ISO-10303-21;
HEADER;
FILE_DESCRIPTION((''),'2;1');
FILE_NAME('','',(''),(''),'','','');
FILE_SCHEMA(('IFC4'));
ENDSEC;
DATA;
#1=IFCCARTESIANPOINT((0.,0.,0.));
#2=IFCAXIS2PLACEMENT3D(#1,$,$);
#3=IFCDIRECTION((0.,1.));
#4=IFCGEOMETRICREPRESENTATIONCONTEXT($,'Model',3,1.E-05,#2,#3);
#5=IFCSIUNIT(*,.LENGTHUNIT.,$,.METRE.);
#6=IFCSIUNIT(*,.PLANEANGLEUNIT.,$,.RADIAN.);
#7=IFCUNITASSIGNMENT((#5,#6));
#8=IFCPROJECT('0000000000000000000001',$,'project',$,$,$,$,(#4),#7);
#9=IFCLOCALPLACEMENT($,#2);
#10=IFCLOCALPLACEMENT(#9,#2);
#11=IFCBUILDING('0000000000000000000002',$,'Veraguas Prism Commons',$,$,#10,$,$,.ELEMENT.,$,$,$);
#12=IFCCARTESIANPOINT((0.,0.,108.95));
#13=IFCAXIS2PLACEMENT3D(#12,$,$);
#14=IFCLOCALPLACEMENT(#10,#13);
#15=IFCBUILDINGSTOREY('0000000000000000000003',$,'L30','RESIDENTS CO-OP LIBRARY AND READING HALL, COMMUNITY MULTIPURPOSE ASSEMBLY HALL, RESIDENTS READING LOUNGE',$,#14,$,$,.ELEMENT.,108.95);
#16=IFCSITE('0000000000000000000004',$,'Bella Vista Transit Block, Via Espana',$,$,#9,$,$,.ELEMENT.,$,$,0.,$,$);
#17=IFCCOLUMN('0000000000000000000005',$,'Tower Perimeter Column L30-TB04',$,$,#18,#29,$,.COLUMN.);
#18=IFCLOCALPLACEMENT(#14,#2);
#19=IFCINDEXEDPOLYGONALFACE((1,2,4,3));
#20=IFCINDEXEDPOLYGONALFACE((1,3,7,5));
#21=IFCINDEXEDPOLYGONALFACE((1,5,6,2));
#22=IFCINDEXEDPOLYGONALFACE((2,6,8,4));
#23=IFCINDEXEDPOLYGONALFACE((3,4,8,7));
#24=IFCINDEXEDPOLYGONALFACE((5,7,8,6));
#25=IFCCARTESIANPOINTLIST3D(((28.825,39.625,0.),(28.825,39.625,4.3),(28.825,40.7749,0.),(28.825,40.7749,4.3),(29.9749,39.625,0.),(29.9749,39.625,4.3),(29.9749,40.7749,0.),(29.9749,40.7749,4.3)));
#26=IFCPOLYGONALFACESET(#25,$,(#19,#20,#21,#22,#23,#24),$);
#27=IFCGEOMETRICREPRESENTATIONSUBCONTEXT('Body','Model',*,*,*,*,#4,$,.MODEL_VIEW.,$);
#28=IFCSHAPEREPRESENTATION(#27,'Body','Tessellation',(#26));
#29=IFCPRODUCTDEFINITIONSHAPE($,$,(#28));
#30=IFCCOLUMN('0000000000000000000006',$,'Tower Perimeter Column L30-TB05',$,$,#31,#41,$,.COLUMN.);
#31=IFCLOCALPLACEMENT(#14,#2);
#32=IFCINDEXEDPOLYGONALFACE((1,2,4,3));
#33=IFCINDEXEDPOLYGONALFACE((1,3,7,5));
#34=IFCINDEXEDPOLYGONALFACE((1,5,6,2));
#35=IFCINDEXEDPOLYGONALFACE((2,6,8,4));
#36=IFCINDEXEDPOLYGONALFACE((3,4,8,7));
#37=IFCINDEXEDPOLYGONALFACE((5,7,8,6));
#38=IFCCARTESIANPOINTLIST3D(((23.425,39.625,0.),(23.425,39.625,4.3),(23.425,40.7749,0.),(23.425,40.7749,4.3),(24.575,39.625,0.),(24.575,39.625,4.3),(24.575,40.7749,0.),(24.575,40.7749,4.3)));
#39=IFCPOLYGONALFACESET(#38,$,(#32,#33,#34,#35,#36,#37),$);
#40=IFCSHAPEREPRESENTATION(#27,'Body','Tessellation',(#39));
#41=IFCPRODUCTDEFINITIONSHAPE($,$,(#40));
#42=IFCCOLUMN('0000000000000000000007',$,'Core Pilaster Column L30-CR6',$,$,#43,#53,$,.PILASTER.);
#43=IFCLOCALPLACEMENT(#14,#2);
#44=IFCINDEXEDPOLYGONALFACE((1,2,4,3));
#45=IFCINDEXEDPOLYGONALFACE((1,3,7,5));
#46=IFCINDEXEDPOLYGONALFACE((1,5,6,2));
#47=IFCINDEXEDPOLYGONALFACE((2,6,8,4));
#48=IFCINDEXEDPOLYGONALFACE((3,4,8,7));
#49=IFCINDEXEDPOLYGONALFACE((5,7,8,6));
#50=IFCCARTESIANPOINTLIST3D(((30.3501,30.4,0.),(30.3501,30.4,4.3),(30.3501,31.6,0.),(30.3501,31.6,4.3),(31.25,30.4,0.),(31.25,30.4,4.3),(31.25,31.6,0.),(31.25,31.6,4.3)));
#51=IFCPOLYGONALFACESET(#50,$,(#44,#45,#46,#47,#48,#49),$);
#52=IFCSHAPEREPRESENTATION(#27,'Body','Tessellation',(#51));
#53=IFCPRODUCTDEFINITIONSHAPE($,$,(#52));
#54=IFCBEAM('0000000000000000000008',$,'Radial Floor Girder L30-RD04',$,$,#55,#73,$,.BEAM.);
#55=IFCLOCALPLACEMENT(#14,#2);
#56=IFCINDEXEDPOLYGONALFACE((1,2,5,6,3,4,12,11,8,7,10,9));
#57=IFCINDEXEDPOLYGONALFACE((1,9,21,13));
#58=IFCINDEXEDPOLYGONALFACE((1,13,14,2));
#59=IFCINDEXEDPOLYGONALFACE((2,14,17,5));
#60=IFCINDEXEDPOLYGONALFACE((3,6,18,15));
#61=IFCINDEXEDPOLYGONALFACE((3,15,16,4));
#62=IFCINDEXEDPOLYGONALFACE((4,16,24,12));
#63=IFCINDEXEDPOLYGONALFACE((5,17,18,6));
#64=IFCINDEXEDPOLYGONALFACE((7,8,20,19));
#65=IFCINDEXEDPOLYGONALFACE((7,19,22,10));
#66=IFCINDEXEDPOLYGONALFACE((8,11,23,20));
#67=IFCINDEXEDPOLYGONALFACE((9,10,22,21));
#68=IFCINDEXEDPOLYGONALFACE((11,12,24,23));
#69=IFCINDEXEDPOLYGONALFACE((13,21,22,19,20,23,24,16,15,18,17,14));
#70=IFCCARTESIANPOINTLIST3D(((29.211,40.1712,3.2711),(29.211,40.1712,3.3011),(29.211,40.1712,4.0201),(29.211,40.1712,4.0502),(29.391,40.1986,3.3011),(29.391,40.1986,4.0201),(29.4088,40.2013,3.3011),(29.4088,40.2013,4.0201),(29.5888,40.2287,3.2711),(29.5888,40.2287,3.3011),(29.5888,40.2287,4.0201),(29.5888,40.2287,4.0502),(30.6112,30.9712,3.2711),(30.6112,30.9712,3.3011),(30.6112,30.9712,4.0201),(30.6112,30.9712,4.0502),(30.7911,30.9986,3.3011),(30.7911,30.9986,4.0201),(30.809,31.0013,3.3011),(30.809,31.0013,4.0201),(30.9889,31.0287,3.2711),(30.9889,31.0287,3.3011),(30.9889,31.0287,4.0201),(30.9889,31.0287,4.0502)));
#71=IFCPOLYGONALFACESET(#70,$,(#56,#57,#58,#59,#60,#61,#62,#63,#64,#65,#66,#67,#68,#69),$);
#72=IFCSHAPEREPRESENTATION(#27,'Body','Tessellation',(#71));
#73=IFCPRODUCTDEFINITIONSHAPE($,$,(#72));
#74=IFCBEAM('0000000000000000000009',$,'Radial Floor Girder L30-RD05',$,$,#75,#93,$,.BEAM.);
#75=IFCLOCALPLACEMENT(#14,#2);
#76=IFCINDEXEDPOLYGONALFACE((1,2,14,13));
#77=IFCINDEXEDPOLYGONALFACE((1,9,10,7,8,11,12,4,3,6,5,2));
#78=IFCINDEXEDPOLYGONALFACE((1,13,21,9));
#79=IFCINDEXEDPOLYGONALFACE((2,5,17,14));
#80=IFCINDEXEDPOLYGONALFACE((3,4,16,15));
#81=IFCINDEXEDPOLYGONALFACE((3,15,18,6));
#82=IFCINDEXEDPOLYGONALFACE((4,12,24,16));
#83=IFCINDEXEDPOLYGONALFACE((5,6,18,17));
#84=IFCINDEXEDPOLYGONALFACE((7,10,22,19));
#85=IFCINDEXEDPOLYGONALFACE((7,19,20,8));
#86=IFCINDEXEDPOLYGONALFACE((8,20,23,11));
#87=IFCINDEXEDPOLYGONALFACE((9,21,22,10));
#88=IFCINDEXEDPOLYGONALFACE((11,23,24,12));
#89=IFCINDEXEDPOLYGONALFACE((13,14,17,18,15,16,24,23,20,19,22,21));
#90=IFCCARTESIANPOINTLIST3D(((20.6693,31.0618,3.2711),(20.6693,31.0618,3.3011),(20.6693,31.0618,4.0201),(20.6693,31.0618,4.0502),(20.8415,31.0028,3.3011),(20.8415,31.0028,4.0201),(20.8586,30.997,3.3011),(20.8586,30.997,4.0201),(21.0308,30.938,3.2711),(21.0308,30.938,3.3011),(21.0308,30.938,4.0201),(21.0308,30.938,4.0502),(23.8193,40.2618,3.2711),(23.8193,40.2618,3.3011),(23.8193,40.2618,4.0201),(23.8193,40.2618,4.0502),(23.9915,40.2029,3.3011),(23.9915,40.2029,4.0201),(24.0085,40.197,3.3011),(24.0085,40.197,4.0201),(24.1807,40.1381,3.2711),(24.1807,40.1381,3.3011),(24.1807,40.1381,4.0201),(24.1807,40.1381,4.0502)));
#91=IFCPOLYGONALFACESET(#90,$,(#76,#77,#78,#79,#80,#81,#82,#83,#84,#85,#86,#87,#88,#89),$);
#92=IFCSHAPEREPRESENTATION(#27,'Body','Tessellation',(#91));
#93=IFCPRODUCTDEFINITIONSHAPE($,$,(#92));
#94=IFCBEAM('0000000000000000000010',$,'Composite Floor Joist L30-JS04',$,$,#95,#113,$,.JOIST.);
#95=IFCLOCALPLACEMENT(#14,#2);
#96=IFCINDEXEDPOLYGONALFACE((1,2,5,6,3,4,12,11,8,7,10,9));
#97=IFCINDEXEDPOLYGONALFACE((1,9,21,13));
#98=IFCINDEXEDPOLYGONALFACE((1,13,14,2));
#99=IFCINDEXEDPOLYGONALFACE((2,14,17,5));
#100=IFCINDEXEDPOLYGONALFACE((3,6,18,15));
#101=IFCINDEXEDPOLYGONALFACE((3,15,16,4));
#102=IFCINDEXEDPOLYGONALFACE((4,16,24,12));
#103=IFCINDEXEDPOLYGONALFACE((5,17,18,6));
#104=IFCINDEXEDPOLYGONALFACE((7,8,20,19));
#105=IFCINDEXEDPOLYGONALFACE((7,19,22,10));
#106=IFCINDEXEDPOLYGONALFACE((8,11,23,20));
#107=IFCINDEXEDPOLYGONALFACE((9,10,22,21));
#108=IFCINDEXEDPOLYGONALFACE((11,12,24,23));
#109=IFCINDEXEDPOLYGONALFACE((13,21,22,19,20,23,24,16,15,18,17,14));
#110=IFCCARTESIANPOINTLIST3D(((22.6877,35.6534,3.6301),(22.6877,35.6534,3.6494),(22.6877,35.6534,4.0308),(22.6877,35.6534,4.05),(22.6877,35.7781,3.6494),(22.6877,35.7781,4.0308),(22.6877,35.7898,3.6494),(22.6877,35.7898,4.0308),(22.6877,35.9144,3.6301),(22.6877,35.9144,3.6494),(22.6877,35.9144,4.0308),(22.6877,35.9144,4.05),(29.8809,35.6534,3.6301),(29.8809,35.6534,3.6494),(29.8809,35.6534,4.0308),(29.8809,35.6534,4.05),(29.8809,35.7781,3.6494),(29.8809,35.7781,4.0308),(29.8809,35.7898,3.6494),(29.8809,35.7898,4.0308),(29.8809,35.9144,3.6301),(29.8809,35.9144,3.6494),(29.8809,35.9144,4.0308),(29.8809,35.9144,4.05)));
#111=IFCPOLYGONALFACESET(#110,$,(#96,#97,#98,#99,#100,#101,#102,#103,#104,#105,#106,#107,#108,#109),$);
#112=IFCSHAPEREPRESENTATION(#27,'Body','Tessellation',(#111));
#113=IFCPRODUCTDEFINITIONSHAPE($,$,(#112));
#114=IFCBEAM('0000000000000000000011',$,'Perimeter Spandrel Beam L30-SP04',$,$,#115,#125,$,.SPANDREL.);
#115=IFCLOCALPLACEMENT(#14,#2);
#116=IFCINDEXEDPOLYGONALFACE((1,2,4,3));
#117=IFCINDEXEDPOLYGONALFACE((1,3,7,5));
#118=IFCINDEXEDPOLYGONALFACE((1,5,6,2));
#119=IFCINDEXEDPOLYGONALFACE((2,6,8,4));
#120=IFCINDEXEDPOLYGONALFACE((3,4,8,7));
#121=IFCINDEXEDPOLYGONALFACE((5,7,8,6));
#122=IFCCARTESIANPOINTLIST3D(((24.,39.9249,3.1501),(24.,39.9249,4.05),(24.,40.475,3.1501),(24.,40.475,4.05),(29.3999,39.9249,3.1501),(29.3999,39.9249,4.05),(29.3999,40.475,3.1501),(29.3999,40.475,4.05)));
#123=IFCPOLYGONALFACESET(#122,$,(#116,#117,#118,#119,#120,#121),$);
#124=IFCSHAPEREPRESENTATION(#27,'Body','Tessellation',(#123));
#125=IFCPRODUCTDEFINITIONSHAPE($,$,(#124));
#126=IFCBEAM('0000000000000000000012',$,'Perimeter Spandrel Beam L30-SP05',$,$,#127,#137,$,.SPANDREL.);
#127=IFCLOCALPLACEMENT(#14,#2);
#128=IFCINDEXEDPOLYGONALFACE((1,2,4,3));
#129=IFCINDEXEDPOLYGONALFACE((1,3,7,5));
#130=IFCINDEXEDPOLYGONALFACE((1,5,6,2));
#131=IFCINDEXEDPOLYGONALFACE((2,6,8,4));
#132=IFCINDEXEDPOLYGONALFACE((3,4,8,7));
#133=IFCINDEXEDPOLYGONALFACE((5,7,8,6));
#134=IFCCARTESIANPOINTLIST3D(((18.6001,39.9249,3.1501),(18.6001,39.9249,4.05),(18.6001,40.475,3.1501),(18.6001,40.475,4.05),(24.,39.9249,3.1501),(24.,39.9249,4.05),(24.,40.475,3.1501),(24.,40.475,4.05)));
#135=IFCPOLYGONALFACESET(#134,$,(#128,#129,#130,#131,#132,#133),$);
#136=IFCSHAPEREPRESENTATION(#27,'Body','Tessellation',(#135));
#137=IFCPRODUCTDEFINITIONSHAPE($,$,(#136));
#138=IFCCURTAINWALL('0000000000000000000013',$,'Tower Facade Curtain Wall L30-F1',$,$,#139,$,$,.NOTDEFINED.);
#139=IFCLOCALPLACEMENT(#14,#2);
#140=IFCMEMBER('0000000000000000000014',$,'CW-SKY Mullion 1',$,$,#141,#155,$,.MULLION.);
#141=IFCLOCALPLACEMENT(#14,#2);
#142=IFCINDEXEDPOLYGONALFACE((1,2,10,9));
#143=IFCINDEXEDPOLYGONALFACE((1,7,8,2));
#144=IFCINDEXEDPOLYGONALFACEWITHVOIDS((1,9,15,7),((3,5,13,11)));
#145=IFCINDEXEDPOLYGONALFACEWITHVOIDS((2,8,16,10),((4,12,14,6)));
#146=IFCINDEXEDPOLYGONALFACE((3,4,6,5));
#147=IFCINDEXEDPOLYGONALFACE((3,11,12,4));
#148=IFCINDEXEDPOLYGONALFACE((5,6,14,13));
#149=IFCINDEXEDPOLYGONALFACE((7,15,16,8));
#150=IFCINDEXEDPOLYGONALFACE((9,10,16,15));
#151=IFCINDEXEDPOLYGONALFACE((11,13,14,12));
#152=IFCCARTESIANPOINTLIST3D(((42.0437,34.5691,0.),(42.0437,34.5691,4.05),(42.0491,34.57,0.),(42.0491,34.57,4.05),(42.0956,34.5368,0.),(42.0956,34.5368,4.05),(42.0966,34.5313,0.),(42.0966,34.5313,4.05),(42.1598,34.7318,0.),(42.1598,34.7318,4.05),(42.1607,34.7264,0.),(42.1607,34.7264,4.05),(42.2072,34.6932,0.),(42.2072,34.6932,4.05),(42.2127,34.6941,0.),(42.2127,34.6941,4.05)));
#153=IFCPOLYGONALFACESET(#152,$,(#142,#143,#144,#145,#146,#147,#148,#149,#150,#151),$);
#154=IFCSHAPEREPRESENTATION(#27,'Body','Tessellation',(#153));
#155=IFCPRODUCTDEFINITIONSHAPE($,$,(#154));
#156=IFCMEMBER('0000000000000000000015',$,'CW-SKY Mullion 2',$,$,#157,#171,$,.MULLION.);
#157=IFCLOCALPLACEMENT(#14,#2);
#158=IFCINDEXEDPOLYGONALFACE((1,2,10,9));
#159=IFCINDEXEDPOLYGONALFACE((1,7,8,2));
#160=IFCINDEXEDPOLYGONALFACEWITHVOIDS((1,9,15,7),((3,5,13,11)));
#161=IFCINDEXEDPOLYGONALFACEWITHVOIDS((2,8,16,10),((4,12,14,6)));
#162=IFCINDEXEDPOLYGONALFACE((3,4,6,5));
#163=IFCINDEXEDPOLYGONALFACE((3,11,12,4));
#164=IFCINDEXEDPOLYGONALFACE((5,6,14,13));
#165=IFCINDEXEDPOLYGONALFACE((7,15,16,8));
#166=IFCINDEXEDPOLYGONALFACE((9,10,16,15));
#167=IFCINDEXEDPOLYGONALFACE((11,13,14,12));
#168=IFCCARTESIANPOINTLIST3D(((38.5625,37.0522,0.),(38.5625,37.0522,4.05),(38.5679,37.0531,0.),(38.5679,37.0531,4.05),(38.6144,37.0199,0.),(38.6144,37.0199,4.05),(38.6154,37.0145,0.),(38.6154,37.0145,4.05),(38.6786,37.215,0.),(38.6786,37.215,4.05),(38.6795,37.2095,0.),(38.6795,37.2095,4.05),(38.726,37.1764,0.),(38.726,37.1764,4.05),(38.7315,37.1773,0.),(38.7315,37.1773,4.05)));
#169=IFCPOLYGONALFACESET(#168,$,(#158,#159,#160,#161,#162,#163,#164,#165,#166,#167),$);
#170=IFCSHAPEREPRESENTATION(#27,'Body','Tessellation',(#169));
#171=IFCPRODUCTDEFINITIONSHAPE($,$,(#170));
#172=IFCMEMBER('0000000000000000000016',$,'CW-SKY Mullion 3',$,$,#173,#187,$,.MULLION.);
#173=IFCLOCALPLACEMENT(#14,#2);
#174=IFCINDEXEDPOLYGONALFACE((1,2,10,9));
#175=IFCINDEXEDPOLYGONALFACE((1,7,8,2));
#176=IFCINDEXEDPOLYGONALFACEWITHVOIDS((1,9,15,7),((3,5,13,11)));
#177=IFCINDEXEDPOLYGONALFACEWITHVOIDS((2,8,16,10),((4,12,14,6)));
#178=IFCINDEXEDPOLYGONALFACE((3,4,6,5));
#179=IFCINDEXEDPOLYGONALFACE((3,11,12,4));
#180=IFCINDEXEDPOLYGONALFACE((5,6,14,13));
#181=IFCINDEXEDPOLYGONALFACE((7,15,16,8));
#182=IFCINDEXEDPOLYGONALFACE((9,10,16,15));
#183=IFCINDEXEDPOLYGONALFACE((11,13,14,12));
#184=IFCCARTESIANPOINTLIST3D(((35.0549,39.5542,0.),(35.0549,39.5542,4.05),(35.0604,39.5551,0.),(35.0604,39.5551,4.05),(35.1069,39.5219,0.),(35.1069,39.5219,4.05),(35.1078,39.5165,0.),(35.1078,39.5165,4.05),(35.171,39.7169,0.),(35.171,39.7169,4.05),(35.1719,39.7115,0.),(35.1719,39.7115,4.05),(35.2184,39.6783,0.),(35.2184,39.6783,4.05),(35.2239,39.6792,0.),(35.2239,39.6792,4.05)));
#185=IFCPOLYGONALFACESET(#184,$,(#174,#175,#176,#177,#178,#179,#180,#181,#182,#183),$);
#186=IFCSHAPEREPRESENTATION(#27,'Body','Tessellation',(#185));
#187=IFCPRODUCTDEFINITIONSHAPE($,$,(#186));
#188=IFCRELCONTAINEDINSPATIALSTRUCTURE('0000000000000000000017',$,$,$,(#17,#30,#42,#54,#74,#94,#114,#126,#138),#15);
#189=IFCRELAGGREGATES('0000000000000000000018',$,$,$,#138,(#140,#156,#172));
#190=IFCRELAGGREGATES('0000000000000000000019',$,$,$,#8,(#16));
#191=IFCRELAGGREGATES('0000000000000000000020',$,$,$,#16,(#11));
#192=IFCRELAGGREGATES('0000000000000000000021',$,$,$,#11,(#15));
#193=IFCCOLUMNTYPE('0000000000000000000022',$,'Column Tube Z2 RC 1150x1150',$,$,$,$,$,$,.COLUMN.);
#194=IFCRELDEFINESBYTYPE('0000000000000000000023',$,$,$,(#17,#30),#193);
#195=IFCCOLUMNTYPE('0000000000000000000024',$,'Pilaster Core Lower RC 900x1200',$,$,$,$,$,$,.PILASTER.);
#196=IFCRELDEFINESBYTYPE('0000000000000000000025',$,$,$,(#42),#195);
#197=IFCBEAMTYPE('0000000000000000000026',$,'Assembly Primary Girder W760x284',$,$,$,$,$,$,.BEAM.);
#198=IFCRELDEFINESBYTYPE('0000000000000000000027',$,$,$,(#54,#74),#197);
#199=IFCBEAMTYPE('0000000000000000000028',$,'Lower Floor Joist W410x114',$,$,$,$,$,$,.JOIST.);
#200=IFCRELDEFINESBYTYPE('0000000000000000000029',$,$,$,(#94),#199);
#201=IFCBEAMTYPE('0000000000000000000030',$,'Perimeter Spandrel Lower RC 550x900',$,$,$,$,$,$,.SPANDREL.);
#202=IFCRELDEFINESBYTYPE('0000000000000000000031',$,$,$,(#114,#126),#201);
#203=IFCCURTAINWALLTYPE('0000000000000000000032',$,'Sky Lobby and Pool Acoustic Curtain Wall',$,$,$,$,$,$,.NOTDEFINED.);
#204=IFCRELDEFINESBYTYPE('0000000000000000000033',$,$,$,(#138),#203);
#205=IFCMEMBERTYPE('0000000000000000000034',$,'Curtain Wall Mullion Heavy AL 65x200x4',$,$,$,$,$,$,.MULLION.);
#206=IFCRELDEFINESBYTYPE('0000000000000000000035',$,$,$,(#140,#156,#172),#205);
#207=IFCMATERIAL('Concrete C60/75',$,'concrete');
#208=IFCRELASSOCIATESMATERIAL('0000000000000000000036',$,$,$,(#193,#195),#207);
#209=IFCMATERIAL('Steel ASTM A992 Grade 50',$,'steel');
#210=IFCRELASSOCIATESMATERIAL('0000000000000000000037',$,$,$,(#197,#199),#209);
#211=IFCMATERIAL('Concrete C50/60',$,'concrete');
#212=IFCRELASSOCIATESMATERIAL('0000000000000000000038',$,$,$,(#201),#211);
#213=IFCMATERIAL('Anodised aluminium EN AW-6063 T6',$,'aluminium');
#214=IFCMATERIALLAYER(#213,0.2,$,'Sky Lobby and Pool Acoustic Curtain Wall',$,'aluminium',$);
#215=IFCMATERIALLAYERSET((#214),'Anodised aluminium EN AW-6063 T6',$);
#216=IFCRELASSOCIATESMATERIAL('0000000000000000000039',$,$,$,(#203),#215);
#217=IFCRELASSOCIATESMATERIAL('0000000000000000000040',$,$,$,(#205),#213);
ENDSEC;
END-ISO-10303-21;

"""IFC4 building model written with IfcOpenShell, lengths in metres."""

from ifc_helpers import new_model, si_unit, direction, frame, origin, origin_2d, place, context, subcontext, project, spatial, rectangle, hollow_rectangle, i_section, extrude, source, transform, mapped, material, layer, layer_set, material_profile, profile_set, type_object, element, aggregate, save


model = new_model("IFC4")

# Units and contexts
model_context = context("Model", 3, precision=1e-05, world=origin(), true_north=direction((0.0, 1.0)))
body_context = subcontext(model_context, "Body", "Model", "MODEL_VIEW")
ifc_project = project(units=[si_unit("LENGTHUNIT", "METRE"), si_unit("PLANEANGLEUNIT", "RADIAN")], contexts=[model_context])

# Site, building, storey
site_placement = place(None, origin())
site = spatial("IfcSite", under=ifc_project, at=site_placement, Name="Bella Vista Transit Block, Via Espana", CompositionType="ELEMENT", RefElevation=0.0)
building_placement = place(site_placement, origin())
building = spatial("IfcBuilding", under=site, at=building_placement, Name="Veraguas Prism Commons", CompositionType="ELEMENT")
storey_placement = place(building_placement, frame((0.0, 0.0, 108.95)))
storey = spatial("IfcBuildingStorey", under=building, at=storey_placement, Name="L30", Description="RESIDENTS CO-OP LIBRARY AND READING HALL, COMMUNITY MULTIPURPOSE ASSEMBLY HALL, RESIDENTS READING LOUNGE", CompositionType="ELEMENT", Elevation=108.95)

# Columns
ifc_material_1 = material(Name="Concrete C60/75", Category="concrete")
ifc_material_profile_1 = material_profile(ifc_material_1, rectangle(XDim=1.1499, YDim=1.1499, at=origin_2d()), Name="RC1150X1150")
ifc_profile_set_1 = profile_set([ifc_material_profile_1], Name="Concrete C60/75")
column_type_1 = type_object("IfcColumnType", Name="Column Tube Z2 RC 1150x1150", PredefinedType="COLUMN", material=ifc_profile_set_1)
for number, where, z_axis, x_axis, name in (
    (1, (29.3999, 40.2, 0.0), (0.0, 0.0, 1.0), (1.0, 0.0, 0.0), "Tower Perimeter Column L30-TB04"),
    (2, (24.0, 40.2, 0.0), (0.0, 0.0, 1.0), (1.0, 0.0, 0.0), "Tower Perimeter Column L30-TB05"),
):
    element("IfcColumn", number, at=place(storey_placement, frame(where, z_axis=z_axis, x_axis=x_axis)), inside=storey, type_object=column_type_1, Name=name, PredefinedType="COLUMN", context=body_context, shape_type="SweptSolid", body=[
        extrude(rectangle(XDim=1.1499, YDim=1.1499, at=origin_2d()), origin(), (0.0, 0.0, 1.0), 4.3),
    ])
ifc_material_profile_2 = material_profile(ifc_material_1, rectangle(XDim=0.8999, YDim=1.2, at=origin_2d()), Name="RC900X1200")
ifc_profile_set_2 = profile_set([ifc_material_profile_2], Name="Concrete C60/75")
column_type_2 = type_object("IfcColumnType", Name="Pilaster Core Lower RC 900x1200", PredefinedType="PILASTER", material=ifc_profile_set_2)
column_placement = place(storey_placement, frame((30.8, 31.0, 0.0), z_axis=(0.0, 0.0, 1.0), x_axis=(1.0, 0.0, 0.0)))
element("IfcColumn", 3, at=column_placement, inside=storey, type_object=column_type_2, Name="Core Pilaster Column L30-CR6", PredefinedType="PILASTER", context=body_context, shape_type="SweptSolid", body=[
    extrude(rectangle(XDim=0.8999, YDim=1.2, at=origin_2d()), origin(), (0.0, 0.0, 1.0), 4.3),
])

# Beams
ifc_material_2 = material(Name="Steel ASTM A992 Grade 50", Category="steel")
ifc_material_profile_3 = material_profile(ifc_material_2, i_section(OverallWidth=0.3821, OverallDepth=0.7791, WebThickness=0.0181, FlangeThickness=0.03, at=origin_2d()), Name="W760X284")
ifc_profile_set_3 = profile_set([ifc_material_profile_3], Name="Steel ASTM A992 Grade 50")
beam_type_1 = type_object("IfcBeamType", Name="Assembly Primary Girder W760x284", PredefinedType="BEAM", material=ifc_profile_set_3)
beam_1_placement = place(storey_placement, frame((29.3999, 40.2, 3.6606), z_axis=(0.150458, -0.988616, 0.0), x_axis=(0.988616, 0.150458, 0.0)))
element("IfcBeam", 4, at=beam_1_placement, inside=storey, type_object=beam_type_1, Name="Radial Floor Girder L30-RD04", PredefinedType="BEAM", context=body_context, shape_type="SweptSolid", body=[
    extrude(i_section(OverallWidth=0.3821, OverallDepth=0.7791, WebThickness=0.0181, FlangeThickness=0.03, at=origin_2d()), origin(), (0.0, 0.0, 1.0), 9.3059),
])
beam_2_placement = place(storey_placement, frame((24.0, 40.2, 3.6606), z_axis=(-0.323922, -0.946084, 0.0), x_axis=(0.946084, -0.323922, 0.0)))
element("IfcBeam", 5, at=beam_2_placement, inside=storey, type_object=beam_type_1, Name="Radial Floor Girder L30-RD05", PredefinedType="BEAM", context=body_context, shape_type="SweptSolid", body=[
    extrude(i_section(OverallWidth=0.3821, OverallDepth=0.7791, WebThickness=0.0181, FlangeThickness=0.03, at=origin_2d()), origin(), (0.0, 0.0, 1.0), 9.7244),
])
ifc_material_profile_4 = material_profile(ifc_material_2, i_section(OverallWidth=0.261, OverallDepth=0.4199, WebThickness=0.0117, FlangeThickness=0.0193, at=origin_2d()), Name="W410X114")
ifc_profile_set_4 = profile_set([ifc_material_profile_4], Name="Steel ASTM A992 Grade 50")
beam_type_2 = type_object("IfcBeamType", Name="Lower Floor Joist W410x114", PredefinedType="JOIST", material=ifc_profile_set_4)
beam_3_placement = place(storey_placement, frame((29.8809, 35.7839, 3.8401), z_axis=(-1.0, 0.0, 0.0), x_axis=(0.0, -1.0, 0.0)))
element("IfcBeam", 6, at=beam_3_placement, inside=storey, type_object=beam_type_2, Name="Composite Floor Joist L30-JS04", PredefinedType="JOIST", context=body_context, shape_type="SweptSolid", body=[
    extrude(i_section(OverallWidth=0.261, OverallDepth=0.4199, WebThickness=0.0117, FlangeThickness=0.0193, at=origin_2d()), origin(), (0.0, 0.0, 1.0), 7.1931),
])
ifc_material_3 = material(Name="Concrete C50/60", Category="concrete")
ifc_material_profile_5 = material_profile(ifc_material_3, rectangle(XDim=0.55, YDim=0.8999, at=origin_2d()), Name="RC550X900")
ifc_profile_set_5 = profile_set([ifc_material_profile_5], Name="Concrete C50/60")
beam_type_3 = type_object("IfcBeamType", Name="Perimeter Spandrel Lower RC 550x900", PredefinedType="SPANDREL", material=ifc_profile_set_5)
for number, where, z_axis, x_axis, name in (
    (7, (29.3999, 40.2, 3.6001), (-1.0, 0.0, 0.0), (0.0, -1.0, 0.0), "Perimeter Spandrel Beam L30-SP04"),
    (8, (24.0, 40.2, 3.6001), (-1.0, 0.0, 0.0), (0.0, -1.0, 0.0), "Perimeter Spandrel Beam L30-SP05"),
):
    element("IfcBeam", number, at=place(storey_placement, frame(where, z_axis=z_axis, x_axis=x_axis)), inside=storey, type_object=beam_type_3, Name=name, PredefinedType="SPANDREL", context=body_context, shape_type="SweptSolid", body=[
        extrude(rectangle(XDim=0.55, YDim=0.8999, at=origin_2d()), origin(), (0.0, 0.0, 1.0), 5.3999),
    ])

# Curtain wall, members
ifc_material_4 = material(Name="Anodised aluminium EN AW-6063 T6", Category="aluminium")
ifc_layer_1 = layer(ifc_material_4, 0.2, Name="Sky Lobby and Pool Acoustic Curtain Wall", Category="aluminium")
ifc_layer_set_1 = layer_set([ifc_layer_1], Name="Anodised aluminium EN AW-6063 T6")
curtain_wall_type = type_object("IfcCurtainWallType", Name="Sky Lobby and Pool Acoustic Curtain Wall", PredefinedType="NOTDEFINED", material=ifc_layer_set_1)
curtain_wall_1_placement = place(storey_placement, origin())
curtain_wall_1 = element("IfcCurtainWall", 9, at=curtain_wall_1_placement, inside=storey, type_object=curtain_wall_type, Name="Tower Facade Curtain Wall L30-F1", PredefinedType="NOTDEFINED")
ifc_material_profile_6 = material_profile(ifc_material_4, hollow_rectangle(XDim=0.0649, YDim=0.2, WallThickness=0.0039, at=origin_2d()), Name="AL65X200X4")
ifc_profile_set_6 = profile_set([ifc_material_profile_6], Name="Anodised aluminium EN AW-6063 T6")
member_type_1 = type_object("IfcMemberType", Name="Curtain Wall Mullion Heavy AL 65x200x4", PredefinedType="MULLION", material=ifc_profile_set_6)
shared_shape_1 = source(origin(), body_context, "Body", "SweptSolid", [
    extrude(hollow_rectangle(XDim=0.0649, YDim=0.2, WallThickness=0.0039, at=origin_2d()), origin(), (0.0, 0.0, 1.0), 4.05),
])
member_1_placement = place(storey_placement, frame((42.1282, 34.6316, 0.0), z_axis=(0.0, 0.0, 1.0), x_axis=(-0.814115, 0.580704, 0.0)))
member_1 = element("IfcMember", 10, at=member_1_placement, type_object=member_type_1, Name="CW-SKY Mullion 1", PredefinedType="MULLION", context=body_context, shape_type="MappedRepresentation", body=[
    mapped(shared_shape_1, transform((0.0, 0.0, 0.0), scale=1.0)),
])
member_2_placement = place(storey_placement, frame((38.647, 37.1147, 0.0), z_axis=(0.0, 0.0, 1.0), x_axis=(-0.814115, 0.580704, 0.0)))
member_2 = element("IfcMember", 11, at=member_2_placement, type_object=member_type_1, Name="CW-SKY Mullion 2", PredefinedType="MULLION", context=body_context, shape_type="MappedRepresentation", body=[
    mapped(shared_shape_1, transform((0.0, 0.0, 0.0), scale=1.0)),
])
member_3_placement = place(storey_placement, frame((35.1394, 39.6167, 0.0), z_axis=(0.0, 0.0, 1.0), x_axis=(-0.814115, 0.580704, 0.0)))
member_3 = element("IfcMember", 12, at=member_3_placement, type_object=member_type_1, Name="CW-SKY Mullion 3", PredefinedType="MULLION", context=body_context, shape_type="MappedRepresentation", body=[
    mapped(shared_shape_1, transform((0.0, 0.0, 0.0), scale=1.0)),
])

aggregate(curtain_wall_1, [member_1, member_2, member_3])

save(model, "model.ifc")
